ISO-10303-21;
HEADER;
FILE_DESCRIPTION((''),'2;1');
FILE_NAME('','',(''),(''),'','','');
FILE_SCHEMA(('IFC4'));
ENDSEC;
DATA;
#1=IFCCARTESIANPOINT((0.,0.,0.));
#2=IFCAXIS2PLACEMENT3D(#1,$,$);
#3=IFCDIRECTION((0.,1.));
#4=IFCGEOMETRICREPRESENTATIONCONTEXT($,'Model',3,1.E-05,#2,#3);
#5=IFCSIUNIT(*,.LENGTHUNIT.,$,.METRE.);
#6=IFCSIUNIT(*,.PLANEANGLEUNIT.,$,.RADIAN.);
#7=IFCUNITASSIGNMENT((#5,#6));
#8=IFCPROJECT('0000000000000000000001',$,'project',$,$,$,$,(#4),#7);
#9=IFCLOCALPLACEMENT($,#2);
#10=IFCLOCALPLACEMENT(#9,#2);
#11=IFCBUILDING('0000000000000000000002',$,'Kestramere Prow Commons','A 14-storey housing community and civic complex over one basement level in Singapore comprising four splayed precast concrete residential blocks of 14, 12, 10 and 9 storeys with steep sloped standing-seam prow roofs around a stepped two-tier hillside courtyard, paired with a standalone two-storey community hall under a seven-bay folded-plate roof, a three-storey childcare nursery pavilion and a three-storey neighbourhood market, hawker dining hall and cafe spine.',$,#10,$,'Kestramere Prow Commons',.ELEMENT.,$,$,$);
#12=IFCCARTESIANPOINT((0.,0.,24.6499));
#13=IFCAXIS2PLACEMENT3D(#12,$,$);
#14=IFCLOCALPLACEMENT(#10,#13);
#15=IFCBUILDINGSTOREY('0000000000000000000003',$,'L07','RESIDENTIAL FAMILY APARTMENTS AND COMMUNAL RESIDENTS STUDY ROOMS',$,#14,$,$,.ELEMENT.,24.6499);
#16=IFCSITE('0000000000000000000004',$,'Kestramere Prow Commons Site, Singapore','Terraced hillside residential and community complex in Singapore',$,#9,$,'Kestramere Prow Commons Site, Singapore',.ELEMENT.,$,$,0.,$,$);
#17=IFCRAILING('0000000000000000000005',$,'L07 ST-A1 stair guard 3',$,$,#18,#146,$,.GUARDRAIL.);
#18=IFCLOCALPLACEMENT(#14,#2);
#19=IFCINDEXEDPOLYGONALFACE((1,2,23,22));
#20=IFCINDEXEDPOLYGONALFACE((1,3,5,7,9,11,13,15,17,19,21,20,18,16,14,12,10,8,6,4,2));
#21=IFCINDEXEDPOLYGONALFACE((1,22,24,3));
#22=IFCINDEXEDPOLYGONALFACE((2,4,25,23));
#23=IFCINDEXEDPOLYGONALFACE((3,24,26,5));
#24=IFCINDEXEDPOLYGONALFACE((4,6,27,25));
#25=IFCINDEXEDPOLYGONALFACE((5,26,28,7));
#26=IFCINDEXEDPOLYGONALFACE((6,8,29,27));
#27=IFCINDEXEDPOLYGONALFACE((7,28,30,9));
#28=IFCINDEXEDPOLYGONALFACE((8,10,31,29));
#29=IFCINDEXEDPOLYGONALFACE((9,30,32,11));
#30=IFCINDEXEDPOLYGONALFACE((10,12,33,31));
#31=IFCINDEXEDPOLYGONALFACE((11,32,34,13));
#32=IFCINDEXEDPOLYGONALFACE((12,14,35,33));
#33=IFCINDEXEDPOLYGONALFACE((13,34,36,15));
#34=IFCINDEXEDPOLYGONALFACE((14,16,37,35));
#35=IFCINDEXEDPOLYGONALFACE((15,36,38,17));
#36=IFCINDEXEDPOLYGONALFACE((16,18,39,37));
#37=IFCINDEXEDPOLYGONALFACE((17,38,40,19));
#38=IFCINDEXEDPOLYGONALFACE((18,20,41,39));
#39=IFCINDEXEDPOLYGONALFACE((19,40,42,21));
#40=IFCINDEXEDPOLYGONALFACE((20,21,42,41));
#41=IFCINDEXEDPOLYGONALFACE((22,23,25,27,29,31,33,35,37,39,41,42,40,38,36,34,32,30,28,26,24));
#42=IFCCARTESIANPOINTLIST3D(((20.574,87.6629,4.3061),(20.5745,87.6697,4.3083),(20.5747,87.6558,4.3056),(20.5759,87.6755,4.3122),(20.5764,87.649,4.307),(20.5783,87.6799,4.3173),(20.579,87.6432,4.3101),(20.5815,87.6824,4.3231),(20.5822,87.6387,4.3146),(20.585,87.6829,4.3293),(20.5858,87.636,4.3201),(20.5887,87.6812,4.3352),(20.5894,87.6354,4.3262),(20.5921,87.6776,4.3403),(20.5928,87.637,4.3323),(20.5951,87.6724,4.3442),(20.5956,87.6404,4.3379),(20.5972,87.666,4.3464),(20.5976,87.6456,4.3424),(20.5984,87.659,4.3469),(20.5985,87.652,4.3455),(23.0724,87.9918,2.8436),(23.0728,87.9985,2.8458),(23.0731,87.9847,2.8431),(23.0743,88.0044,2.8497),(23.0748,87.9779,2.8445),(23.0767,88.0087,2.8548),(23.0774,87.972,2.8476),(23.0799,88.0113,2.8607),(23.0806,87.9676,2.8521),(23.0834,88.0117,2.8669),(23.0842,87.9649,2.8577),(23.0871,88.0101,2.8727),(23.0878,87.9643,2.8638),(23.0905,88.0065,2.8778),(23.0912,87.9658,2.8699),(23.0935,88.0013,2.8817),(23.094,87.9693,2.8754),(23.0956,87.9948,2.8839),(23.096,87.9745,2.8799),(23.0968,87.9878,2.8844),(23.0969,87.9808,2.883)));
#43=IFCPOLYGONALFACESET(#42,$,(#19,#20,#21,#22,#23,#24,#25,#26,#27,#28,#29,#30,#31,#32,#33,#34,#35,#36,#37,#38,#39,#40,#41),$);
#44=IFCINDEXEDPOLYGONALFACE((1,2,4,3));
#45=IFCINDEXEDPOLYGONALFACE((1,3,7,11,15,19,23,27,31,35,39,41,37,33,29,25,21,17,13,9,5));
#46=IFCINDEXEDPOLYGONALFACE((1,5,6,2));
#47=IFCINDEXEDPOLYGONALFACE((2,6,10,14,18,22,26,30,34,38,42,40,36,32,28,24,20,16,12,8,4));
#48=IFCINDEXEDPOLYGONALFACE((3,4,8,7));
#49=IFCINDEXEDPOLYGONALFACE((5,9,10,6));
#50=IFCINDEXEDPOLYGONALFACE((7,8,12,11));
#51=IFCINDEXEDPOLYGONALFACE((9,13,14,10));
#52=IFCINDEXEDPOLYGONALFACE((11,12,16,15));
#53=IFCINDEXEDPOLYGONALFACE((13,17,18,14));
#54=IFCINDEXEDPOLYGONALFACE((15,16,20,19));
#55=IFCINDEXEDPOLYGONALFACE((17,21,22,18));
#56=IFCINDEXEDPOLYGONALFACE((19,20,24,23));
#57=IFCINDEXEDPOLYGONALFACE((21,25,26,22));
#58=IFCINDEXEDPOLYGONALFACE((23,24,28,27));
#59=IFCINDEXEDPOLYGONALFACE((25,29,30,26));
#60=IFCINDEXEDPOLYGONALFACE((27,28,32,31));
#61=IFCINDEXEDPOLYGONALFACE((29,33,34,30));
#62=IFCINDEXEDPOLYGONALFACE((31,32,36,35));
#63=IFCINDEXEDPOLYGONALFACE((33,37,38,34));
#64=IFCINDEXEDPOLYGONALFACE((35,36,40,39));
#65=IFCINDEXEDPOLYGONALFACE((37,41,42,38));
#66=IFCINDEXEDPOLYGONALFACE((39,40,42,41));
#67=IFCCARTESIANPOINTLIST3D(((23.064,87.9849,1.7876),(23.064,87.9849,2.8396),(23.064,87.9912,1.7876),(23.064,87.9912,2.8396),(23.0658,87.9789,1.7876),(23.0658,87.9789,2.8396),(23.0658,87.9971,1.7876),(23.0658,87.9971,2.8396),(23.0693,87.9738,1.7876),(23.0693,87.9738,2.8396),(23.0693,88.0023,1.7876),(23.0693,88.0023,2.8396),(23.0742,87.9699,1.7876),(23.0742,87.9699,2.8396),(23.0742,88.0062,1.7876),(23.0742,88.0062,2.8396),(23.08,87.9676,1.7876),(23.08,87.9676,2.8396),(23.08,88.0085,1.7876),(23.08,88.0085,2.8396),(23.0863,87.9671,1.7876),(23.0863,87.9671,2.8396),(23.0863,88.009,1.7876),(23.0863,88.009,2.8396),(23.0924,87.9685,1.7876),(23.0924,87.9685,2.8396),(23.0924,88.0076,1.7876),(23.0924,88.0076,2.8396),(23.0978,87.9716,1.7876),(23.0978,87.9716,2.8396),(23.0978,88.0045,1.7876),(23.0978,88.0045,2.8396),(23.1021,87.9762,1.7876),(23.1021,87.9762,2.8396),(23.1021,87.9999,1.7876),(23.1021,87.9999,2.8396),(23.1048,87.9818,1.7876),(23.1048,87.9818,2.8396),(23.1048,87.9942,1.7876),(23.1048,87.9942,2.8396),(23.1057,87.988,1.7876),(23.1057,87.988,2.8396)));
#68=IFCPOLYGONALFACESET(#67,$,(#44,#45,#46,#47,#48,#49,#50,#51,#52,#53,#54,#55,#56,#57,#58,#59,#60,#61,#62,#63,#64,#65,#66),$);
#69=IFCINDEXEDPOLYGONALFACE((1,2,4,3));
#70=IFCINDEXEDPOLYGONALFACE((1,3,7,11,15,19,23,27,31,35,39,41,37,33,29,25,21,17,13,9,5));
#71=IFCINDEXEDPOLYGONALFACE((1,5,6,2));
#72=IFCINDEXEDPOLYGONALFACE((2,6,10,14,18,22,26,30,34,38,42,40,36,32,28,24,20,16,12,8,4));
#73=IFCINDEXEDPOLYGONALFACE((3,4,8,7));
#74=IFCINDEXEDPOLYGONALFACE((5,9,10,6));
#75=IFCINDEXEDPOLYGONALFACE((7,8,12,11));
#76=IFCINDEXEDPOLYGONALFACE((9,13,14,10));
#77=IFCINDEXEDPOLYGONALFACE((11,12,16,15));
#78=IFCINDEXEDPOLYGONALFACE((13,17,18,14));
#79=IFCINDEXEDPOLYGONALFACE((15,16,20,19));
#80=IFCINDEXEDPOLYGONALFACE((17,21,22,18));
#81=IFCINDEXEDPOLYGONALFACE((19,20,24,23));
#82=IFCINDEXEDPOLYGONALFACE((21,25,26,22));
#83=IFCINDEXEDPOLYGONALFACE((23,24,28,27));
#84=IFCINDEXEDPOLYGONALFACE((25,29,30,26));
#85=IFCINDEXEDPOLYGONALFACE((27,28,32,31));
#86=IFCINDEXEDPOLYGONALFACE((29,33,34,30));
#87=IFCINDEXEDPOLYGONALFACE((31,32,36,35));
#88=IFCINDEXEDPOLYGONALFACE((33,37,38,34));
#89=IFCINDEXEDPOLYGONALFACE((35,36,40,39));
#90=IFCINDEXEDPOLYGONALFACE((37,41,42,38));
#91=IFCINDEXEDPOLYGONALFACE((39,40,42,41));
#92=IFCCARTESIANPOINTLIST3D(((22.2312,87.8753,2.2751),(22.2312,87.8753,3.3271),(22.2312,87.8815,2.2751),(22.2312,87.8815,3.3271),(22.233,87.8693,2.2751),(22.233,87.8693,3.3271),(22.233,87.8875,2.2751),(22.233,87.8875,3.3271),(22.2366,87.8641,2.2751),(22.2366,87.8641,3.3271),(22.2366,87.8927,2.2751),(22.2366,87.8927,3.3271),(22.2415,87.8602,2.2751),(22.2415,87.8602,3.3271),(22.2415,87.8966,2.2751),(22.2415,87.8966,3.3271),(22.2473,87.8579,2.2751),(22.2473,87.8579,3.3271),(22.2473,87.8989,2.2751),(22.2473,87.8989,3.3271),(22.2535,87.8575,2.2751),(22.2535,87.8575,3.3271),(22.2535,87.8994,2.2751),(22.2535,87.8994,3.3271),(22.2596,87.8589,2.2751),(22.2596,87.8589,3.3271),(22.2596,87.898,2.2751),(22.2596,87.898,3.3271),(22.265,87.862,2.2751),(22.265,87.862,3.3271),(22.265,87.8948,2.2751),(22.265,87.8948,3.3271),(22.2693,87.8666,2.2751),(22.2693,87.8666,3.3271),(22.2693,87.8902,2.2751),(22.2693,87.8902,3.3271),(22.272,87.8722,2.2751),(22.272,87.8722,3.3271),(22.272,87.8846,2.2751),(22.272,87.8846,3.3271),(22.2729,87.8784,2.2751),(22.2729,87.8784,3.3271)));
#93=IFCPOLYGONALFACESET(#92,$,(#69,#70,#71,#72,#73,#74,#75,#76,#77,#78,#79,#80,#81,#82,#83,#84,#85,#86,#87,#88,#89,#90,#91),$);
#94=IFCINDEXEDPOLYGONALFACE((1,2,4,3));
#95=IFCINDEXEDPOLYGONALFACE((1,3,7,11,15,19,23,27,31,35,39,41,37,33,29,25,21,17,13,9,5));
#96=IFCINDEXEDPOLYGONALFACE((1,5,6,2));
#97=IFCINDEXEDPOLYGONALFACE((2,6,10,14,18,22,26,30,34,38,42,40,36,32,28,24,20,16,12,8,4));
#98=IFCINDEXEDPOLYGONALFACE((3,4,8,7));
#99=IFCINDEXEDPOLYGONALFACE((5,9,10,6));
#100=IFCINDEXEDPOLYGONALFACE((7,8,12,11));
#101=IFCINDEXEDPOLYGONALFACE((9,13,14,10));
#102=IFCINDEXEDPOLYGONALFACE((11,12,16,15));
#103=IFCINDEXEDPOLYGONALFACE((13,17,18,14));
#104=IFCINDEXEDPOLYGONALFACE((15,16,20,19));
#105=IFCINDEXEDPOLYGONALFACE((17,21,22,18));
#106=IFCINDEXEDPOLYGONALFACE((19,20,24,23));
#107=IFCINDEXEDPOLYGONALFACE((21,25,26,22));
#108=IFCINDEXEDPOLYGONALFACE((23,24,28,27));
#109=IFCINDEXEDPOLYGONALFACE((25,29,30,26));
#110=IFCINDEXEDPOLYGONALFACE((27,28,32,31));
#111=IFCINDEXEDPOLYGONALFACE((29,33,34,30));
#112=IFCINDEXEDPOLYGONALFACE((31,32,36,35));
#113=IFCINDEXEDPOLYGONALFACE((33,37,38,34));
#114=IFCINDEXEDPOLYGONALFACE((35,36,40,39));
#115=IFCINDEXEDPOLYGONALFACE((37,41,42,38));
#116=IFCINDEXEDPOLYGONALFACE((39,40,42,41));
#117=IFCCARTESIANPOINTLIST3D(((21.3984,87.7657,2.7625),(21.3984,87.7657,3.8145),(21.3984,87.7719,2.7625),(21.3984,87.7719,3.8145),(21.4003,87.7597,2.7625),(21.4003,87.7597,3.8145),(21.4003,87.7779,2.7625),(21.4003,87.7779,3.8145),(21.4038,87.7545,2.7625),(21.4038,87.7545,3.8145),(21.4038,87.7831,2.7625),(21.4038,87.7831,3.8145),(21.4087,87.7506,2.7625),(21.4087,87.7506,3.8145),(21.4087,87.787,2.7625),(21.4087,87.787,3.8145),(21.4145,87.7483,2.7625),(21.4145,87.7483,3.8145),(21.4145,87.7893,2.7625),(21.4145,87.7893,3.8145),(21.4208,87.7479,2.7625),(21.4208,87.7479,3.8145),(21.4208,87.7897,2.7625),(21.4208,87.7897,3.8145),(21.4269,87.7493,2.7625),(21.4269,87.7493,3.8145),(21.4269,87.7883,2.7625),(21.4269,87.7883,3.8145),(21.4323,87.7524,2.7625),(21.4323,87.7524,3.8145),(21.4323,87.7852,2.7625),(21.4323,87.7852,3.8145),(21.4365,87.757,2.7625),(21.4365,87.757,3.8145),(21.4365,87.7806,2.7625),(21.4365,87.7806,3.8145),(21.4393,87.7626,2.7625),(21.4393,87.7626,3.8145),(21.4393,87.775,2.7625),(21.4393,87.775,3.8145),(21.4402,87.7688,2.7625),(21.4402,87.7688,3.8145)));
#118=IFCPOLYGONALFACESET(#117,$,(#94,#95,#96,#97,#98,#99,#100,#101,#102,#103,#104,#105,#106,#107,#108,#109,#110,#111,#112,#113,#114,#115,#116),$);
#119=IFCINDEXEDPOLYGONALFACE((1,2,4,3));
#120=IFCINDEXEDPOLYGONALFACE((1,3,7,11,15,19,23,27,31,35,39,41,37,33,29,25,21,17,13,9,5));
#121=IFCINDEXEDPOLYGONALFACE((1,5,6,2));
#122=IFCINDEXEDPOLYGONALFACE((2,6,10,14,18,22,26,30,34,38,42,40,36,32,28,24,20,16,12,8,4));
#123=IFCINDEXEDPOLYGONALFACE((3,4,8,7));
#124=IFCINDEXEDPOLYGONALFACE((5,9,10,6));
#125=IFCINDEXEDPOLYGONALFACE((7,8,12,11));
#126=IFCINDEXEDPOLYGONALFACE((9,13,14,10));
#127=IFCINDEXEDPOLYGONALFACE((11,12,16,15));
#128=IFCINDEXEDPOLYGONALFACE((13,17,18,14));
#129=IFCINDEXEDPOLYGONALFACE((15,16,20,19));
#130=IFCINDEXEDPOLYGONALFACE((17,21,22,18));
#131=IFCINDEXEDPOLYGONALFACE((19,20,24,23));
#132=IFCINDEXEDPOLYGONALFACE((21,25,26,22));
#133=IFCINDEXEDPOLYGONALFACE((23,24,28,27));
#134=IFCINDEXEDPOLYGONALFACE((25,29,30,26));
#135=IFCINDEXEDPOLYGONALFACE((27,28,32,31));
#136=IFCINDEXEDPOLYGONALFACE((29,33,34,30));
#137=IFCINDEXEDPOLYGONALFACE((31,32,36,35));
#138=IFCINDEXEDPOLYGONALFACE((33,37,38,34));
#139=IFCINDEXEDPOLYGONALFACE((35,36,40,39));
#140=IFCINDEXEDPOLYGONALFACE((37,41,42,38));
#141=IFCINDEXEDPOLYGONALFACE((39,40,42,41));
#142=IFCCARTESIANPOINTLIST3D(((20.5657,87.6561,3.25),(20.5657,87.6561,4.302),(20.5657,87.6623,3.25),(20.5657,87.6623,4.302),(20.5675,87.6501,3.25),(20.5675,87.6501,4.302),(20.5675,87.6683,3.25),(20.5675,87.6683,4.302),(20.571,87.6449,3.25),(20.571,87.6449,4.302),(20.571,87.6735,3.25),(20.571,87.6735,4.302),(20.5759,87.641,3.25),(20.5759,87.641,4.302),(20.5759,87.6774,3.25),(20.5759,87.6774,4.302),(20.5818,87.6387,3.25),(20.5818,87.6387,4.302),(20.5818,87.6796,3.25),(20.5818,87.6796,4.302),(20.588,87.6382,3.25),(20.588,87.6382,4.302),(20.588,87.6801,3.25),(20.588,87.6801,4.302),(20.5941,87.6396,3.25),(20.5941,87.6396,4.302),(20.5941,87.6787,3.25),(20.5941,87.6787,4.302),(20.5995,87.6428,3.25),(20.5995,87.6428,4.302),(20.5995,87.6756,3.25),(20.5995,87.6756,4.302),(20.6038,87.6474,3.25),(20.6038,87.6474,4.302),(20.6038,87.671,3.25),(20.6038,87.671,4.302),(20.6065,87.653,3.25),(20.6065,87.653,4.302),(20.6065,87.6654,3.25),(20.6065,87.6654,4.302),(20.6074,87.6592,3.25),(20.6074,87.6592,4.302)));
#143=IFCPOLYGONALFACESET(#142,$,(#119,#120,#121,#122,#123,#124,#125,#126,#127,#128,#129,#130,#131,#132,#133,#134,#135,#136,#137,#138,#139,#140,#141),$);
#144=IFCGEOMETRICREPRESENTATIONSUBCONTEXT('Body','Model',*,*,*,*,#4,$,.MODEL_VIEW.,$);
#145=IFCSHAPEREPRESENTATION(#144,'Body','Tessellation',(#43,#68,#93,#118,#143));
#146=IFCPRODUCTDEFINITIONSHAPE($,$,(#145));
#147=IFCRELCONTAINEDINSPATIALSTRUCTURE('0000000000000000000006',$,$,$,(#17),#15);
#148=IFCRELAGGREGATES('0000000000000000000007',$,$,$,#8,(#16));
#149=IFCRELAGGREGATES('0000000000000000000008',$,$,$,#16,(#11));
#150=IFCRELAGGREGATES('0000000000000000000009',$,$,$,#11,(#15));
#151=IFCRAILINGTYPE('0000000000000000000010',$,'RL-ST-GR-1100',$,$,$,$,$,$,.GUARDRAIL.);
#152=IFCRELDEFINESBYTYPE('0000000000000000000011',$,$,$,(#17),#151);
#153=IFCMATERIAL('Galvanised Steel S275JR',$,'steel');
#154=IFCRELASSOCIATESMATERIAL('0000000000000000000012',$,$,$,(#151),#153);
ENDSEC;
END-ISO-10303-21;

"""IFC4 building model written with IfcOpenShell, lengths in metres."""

from ifc_helpers import new_model, si_unit, direction, frame, origin, origin_2d, place, context, subcontext, project, spatial, circle, extrude, material, type_object, element, save


model = new_model("IFC4")

# Units and contexts
model_context = context("Model", 3, precision=1e-05, world=origin(), true_north=direction((0.0, 1.0)))
body_context = subcontext(model_context, "Body", "Model", "MODEL_VIEW")
ifc_project = project(units=[si_unit("LENGTHUNIT", "METRE"), si_unit("PLANEANGLEUNIT", "RADIAN")], contexts=[model_context])

# Site, building, storey
site_placement = place(None, origin())
site = spatial("IfcSite", under=ifc_project, at=site_placement, Name="Kestramere Prow Commons Site, Singapore", Description="Terraced hillside residential and community complex in Singapore", LongName="Kestramere Prow Commons Site, Singapore", CompositionType="ELEMENT", RefElevation=0.0)
building_placement = place(site_placement, origin())
building = spatial("IfcBuilding", under=site, at=building_placement, Name="Kestramere Prow Commons", Description="A 14-storey housing community and civic complex over one basement level in Singapore comprising four splayed precast concrete residential blocks of 14, 12, 10 and 9 storeys with steep sloped standing-seam prow roofs around a stepped two-tier hillside courtyard, paired with a standalone two-storey community hall under a seven-bay folded-plate roof, a three-storey childcare nursery pavilion and a three-storey neighbourhood market, hawker dining hall and cafe spine.", LongName="Kestramere Prow Commons", CompositionType="ELEMENT")
storey_placement = place(building_placement, frame((0.0, 0.0, 24.6499)))
storey = spatial("IfcBuildingStorey", under=building, at=storey_placement, Name="L07", Description="RESIDENTIAL FAMILY APARTMENTS AND COMMUNAL RESIDENTS STUDY ROOMS", CompositionType="ELEMENT", Elevation=24.6499)

# Railing
ifc_material_1 = material(Name="Galvanised Steel S275JR", Category="steel")
railing_type_1 = type_object("IfcRailingType", Name="RL-ST-GR-1100", PredefinedType="GUARDRAIL", material=ifc_material_1)
railing_1_placement = place(storey_placement, frame((23.0847, 87.988, 1.7876)))
element("IfcRailing", 1, at=railing_1_placement, inside=storey, type_object=railing_type_1, Name="L07 ST-A1 stair guard 3", PredefinedType="GUARDRAIL", context=body_context, shape_type="SweptSolid", body=[
    extrude(circle(Radius=0.0239, at=origin_2d()), frame((0.0, 0.0, 1.0762), z_axis=(-0.857501, -0.112875, 0.501948), x_axis=(0.130507, -0.991447, 0.0)), (0.0, 0.0, 1.0), 2.9136),
    extrude(circle(Radius=0.021, at=origin_2d()), origin(), (0.0, 0.0, 1.0), 1.052),
    extrude(circle(Radius=0.021, at=origin_2d()), frame((-0.8328, -0.1096, 0.4875)), (0.0, 0.0, 1.0), 1.052),
    extrude(circle(Radius=0.021, at=origin_2d()), frame((-1.6655, -0.2192, 0.9749)), (0.0, 0.0, 1.0), 1.052),
    extrude(circle(Radius=0.021, at=origin_2d()), frame((-2.4983, -0.3289, 1.4624)), (0.0, 0.0, 1.0), 1.052),
])

save(model, "model.ifc")
